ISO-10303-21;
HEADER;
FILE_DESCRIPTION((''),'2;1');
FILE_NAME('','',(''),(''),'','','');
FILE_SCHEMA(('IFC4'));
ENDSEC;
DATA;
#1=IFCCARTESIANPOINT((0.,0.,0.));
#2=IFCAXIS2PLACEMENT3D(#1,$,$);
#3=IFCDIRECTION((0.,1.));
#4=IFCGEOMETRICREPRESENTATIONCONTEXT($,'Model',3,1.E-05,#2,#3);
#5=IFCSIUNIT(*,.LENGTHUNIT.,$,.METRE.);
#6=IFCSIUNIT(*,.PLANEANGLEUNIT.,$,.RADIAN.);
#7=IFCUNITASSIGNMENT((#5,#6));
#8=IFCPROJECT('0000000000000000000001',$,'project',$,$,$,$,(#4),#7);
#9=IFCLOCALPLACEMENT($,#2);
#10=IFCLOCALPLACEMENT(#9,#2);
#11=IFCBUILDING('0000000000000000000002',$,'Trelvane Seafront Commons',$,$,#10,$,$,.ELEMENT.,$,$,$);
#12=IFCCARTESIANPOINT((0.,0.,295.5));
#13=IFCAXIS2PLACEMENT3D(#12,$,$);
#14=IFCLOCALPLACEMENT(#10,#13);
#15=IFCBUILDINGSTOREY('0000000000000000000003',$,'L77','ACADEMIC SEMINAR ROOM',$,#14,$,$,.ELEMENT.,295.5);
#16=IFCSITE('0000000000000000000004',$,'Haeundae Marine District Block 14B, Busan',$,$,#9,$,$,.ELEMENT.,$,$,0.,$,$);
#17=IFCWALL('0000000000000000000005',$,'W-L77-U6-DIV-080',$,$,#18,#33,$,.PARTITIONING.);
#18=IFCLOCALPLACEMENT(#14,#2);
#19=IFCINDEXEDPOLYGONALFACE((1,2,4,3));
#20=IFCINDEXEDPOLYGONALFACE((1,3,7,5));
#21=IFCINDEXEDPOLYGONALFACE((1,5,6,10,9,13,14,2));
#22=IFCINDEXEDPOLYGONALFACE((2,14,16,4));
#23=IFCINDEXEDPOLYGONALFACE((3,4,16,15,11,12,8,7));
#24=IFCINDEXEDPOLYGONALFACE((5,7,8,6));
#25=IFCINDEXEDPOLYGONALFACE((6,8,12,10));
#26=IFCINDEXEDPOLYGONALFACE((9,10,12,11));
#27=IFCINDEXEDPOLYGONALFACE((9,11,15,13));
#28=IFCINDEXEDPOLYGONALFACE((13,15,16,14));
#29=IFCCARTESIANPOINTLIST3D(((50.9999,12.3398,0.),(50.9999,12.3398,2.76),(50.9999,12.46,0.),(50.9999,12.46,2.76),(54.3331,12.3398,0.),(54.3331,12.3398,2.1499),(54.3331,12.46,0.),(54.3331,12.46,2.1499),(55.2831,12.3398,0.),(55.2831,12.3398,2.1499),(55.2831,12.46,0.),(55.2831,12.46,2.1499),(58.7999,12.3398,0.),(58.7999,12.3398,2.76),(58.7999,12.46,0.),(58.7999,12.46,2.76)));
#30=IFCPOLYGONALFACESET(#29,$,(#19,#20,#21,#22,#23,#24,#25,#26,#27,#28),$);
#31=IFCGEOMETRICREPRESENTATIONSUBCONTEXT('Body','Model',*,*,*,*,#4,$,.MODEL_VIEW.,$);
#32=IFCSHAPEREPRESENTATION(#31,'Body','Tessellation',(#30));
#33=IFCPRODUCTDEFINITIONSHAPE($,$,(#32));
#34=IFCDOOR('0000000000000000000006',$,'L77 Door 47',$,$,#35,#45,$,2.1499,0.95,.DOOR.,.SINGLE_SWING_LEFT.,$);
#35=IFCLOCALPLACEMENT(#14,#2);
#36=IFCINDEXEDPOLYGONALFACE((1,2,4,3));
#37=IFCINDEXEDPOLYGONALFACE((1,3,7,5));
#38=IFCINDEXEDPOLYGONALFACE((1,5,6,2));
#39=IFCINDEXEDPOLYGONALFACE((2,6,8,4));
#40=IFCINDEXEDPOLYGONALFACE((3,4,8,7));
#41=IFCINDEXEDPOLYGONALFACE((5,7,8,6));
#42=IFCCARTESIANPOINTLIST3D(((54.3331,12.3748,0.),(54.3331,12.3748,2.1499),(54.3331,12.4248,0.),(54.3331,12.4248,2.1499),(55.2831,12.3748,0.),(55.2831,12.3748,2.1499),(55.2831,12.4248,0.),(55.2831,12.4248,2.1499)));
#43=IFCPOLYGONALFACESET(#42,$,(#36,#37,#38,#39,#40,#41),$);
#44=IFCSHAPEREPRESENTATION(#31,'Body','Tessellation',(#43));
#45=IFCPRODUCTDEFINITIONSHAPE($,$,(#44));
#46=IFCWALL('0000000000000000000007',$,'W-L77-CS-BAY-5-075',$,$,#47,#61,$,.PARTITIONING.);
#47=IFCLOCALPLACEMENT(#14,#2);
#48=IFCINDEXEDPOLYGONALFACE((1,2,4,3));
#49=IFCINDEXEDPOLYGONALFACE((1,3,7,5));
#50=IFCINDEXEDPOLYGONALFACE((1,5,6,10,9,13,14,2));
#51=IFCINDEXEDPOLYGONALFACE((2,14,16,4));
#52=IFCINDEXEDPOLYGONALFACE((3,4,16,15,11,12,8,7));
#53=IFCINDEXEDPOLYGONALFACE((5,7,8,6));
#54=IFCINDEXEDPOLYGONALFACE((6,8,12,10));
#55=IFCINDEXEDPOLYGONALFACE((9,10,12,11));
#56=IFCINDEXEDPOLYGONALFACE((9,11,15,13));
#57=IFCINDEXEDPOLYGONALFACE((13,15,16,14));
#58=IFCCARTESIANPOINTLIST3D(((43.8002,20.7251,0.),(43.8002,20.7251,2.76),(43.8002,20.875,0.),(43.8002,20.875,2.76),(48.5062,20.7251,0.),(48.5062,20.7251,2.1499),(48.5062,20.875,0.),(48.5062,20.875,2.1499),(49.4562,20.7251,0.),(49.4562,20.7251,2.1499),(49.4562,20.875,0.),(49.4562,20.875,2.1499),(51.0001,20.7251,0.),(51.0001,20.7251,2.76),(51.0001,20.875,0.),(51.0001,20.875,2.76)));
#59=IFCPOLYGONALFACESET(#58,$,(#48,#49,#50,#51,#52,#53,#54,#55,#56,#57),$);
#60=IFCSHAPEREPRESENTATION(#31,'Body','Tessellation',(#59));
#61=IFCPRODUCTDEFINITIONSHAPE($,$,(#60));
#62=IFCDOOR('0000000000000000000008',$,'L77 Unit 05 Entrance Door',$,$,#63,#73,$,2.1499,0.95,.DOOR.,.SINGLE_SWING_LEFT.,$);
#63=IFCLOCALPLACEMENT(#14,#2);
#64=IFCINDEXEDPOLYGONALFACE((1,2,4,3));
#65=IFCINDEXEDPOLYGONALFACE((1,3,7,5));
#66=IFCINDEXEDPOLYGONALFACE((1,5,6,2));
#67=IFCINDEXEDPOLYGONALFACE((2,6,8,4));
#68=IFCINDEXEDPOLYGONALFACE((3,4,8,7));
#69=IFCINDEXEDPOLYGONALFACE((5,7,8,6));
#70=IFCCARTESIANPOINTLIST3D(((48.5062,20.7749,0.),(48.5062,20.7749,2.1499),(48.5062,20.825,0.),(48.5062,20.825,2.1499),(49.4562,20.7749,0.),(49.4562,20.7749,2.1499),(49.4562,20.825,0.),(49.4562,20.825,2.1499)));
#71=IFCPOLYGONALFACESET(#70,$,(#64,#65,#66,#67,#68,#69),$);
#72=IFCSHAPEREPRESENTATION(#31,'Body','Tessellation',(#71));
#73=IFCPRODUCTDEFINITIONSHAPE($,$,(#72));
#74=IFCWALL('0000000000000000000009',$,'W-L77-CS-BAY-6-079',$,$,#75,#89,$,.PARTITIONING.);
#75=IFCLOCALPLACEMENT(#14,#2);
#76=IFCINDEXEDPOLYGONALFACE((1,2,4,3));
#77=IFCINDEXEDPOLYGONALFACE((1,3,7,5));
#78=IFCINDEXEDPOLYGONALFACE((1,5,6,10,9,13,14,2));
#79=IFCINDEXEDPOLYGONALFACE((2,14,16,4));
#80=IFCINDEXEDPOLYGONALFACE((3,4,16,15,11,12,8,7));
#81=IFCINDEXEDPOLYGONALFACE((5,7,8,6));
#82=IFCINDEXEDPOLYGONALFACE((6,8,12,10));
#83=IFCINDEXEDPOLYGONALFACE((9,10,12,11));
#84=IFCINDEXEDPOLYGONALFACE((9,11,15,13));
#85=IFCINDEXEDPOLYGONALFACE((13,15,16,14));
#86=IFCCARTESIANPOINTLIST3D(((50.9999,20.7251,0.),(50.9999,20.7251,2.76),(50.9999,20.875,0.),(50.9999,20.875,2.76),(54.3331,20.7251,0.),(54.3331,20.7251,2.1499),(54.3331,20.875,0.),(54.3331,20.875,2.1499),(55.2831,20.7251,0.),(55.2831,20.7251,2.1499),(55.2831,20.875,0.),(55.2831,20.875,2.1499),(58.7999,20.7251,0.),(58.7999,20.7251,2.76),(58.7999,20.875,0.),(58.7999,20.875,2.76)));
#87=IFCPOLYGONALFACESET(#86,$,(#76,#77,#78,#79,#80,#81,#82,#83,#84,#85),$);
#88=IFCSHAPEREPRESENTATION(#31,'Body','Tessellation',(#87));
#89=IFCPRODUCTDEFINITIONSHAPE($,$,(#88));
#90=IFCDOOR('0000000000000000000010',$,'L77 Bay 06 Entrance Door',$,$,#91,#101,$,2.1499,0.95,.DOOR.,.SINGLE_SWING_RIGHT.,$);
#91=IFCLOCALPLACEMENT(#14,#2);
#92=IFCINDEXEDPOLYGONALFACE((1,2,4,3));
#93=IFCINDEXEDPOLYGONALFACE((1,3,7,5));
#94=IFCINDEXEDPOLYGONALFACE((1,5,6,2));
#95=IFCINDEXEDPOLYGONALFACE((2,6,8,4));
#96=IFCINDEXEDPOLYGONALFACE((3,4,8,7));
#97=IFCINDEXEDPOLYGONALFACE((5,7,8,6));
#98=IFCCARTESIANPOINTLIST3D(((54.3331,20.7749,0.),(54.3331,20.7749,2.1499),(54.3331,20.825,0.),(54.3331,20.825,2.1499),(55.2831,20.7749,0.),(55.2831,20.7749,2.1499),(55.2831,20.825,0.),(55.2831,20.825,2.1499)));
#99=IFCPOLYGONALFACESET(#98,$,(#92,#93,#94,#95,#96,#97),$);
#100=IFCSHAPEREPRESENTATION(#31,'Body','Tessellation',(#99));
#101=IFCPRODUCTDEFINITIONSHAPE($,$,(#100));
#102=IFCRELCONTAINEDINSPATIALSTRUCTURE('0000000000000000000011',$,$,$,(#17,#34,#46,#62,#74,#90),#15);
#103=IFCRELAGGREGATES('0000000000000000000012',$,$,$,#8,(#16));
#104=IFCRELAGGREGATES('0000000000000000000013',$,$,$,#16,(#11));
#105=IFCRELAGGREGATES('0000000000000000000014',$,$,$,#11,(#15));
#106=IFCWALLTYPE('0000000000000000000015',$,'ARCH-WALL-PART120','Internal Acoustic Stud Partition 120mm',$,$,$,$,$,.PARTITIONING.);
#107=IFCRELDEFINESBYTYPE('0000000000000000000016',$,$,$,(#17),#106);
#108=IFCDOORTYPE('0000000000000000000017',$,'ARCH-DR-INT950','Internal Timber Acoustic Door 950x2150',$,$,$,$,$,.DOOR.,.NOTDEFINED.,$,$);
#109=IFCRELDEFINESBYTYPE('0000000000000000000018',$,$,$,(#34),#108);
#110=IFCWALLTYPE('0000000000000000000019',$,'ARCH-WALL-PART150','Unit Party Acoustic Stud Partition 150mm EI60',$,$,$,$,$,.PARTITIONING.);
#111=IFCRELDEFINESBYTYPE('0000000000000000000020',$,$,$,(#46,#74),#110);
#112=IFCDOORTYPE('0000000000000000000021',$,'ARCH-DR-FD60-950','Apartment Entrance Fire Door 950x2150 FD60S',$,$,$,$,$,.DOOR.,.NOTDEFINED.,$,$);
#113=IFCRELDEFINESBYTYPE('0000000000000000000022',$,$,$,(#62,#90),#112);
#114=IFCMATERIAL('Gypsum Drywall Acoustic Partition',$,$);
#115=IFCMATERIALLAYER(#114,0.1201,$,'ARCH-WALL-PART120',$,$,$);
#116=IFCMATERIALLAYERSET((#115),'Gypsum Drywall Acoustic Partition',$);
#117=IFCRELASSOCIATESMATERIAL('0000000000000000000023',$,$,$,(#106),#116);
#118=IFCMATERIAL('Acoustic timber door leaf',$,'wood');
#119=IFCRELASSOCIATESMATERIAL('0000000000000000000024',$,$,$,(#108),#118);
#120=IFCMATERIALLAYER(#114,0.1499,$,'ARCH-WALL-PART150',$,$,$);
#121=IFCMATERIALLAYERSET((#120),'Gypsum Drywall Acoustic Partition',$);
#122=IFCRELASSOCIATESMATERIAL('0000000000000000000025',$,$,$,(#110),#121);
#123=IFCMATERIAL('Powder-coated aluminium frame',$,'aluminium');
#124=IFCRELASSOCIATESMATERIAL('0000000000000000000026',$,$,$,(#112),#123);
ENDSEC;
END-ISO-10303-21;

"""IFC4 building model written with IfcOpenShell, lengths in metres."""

from ifc_helpers import new_model, si_unit, direction, frame, frame_2d, origin, place, context, subcontext, project, spatial, rectangle, extrude, source, transform, mapped, material, layer, layer_set, type_object, element, fill, save


model = new_model("IFC4")

# Units and contexts
model_context = context("Model", 3, precision=1e-05, world=origin(), true_north=direction((0.0, 1.0)))
body_context = subcontext(model_context, "Body", "Model", "MODEL_VIEW")
ifc_project = project(units=[si_unit("LENGTHUNIT", "METRE"), si_unit("PLANEANGLEUNIT", "RADIAN")], contexts=[model_context])

# Site, building, storey
site_placement = place(None, origin())
site = spatial("IfcSite", under=ifc_project, at=site_placement, Name="Haeundae Marine District Block 14B, Busan", CompositionType="ELEMENT", RefElevation=0.0)
building_placement = place(site_placement, origin())
building = spatial("IfcBuilding", under=site, at=building_placement, Name="Trelvane Seafront Commons", CompositionType="ELEMENT")
storey_placement = place(building_placement, frame((0.0, 0.0, 295.5)))
storey = spatial("IfcBuildingStorey", under=building, at=storey_placement, Name="L77", Description="ACADEMIC SEMINAR ROOM", CompositionType="ELEMENT", Elevation=295.5)

# Shared definitions
ifc_material_1 = material(Name="Gypsum Drywall Acoustic Partition")
ifc_layer_1 = layer(ifc_material_1, 0.1201, Name="ARCH-WALL-PART120")
ifc_layer_set_1 = layer_set([ifc_layer_1], Name="Gypsum Drywall Acoustic Partition")
wall_type_1 = type_object("IfcWallType", Name="ARCH-WALL-PART120", Description="Internal Acoustic Stud Partition 120mm", PredefinedType="PARTITIONING", material=ifc_layer_set_1)
ifc_material_2 = material(Name="Acoustic timber door leaf", Category="wood")

# Walls, openings, doors
door_type_1 = type_object("IfcDoorType", Name="ARCH-DR-INT950", Description="Internal Timber Acoustic Door 950x2150", OperationType="NOTDEFINED", PredefinedType="DOOR", material=ifc_material_2)
shared_shape_1 = source(origin(), body_context, "Body", "SweptSolid", [
    extrude(rectangle(XDim=0.95, YDim=2.1499, at=frame_2d((0.4751, 1.075))), frame((0.0, 0.0249, 0.0), z_axis=(0.0, -1.0, 0.0), x_axis=(1.0, 0.0, 0.0)), (0.0, 0.0, 1.0), 0.05),
])
wall_1_placement = place(storey_placement, frame((51.0, 12.3999, 0.0), z_axis=(0.0, 0.0, 1.0), x_axis=(1.0, 0.0, 0.0)))
wall_1 = element("IfcWall", 1, at=wall_1_placement, inside=storey, type_object=wall_type_1, Name="W-L77-U6-DIV-080", PredefinedType="PARTITIONING", context=body_context, shape_type="SweptSolid", body=[
    extrude(rectangle(XDim=7.8, YDim=0.1201, at=frame_2d((3.8999, 0.0))), origin(), (0.0, 0.0, 1.0), 2.76),
])
opening_1_placement = place(wall_1_placement, frame((3.333, 0.0, 0.0)))
opening_1 = element("IfcOpeningElement", 2, at=opening_1_placement, cuts=wall_1, PredefinedType="OPENING", context=body_context, shape_type="SweptSolid", body=[
    extrude(rectangle(XDim=0.95, YDim=2.1499, at=frame_2d((0.4751, 1.075))), frame((0.0, 0.0701, 0.0), z_axis=(0.0, -1.0, 0.0), x_axis=(1.0, 0.0, 0.0)), (0.0, 0.0, 1.0), 0.1401),
])
door_1_placement = place(opening_1_placement, origin())
door_1 = element("IfcDoor", 3, at=door_1_placement, inside=storey, type_object=door_type_1, Name="L77 Door 47", OperationType="SINGLE_SWING_LEFT", OverallHeight=2.1499, OverallWidth=0.95, PredefinedType="DOOR", context=body_context, shape_type="MappedRepresentation", body=[
    mapped(shared_shape_1, transform((0.0, 0.0, 0.0), x_axis=(1.0, 0.0, 0.0), y_axis=(0.0, 1.0, 0.0), z_axis=(0.0, 0.0, 1.0), scale=1.0)),
])
fill(opening_1, door_1)
ifc_layer_2 = layer(ifc_material_1, 0.1499, Name="ARCH-WALL-PART150")
ifc_layer_set_2 = layer_set([ifc_layer_2], Name="Gypsum Drywall Acoustic Partition")
wall_type_2 = type_object("IfcWallType", Name="ARCH-WALL-PART150", Description="Unit Party Acoustic Stud Partition 150mm EI60", PredefinedType="PARTITIONING", material=ifc_layer_set_2)
wall_2_placement = place(storey_placement, frame((43.8, 20.8, 0.0), z_axis=(0.0, 0.0, 1.0), x_axis=(1.0, 0.0, 0.0)))
wall_2 = element("IfcWall", 4, at=wall_2_placement, inside=storey, type_object=wall_type_2, Name="W-L77-CS-BAY-5-075", PredefinedType="PARTITIONING", context=body_context, shape_type="SweptSolid", body=[
    extrude(rectangle(XDim=7.2, YDim=0.1499, at=frame_2d((3.6001, 0.0))), origin(), (0.0, 0.0, 1.0), 2.76),
])
opening_2_placement = place(wall_2_placement, frame((4.7061, 0.0, 0.0)))
opening_2 = element("IfcOpeningElement", 5, at=opening_2_placement, cuts=wall_2, PredefinedType="OPENING", context=body_context, shape_type="SweptSolid", body=[
    extrude(rectangle(XDim=0.95, YDim=2.1499, at=frame_2d((0.4751, 1.075))), frame((0.0, 0.085, 0.0), z_axis=(0.0, -1.0, 0.0), x_axis=(1.0, 0.0, 0.0)), (0.0, 0.0, 1.0), 0.1699),
])
ifc_material_3 = material(Name="Powder-coated aluminium frame", Category="aluminium")
door_type_2 = type_object("IfcDoorType", Name="ARCH-DR-FD60-950", Description="Apartment Entrance Fire Door 950x2150 FD60S", OperationType="NOTDEFINED", PredefinedType="DOOR", material=ifc_material_3)
door_2_placement = place(opening_2_placement, origin())
door_2 = element("IfcDoor", 6, at=door_2_placement, inside=storey, type_object=door_type_2, Name="L77 Unit 05 Entrance Door", OperationType="SINGLE_SWING_LEFT", OverallHeight=2.1499, OverallWidth=0.95, PredefinedType="DOOR", context=body_context, shape_type="MappedRepresentation", body=[
    mapped(shared_shape_1, transform((0.0, 0.0, 0.0), x_axis=(1.0, 0.0, 0.0), y_axis=(0.0, 1.0, 0.0), z_axis=(0.0, 0.0, 1.0), scale=1.0)),
])
fill(opening_2, door_2)
wall_3_placement = place(storey_placement, frame((51.0, 20.8, 0.0), z_axis=(0.0, 0.0, 1.0), x_axis=(1.0, 0.0, 0.0)))
wall_3 = element("IfcWall", 7, at=wall_3_placement, inside=storey, type_object=wall_type_2, Name="W-L77-CS-BAY-6-079", PredefinedType="PARTITIONING", context=body_context, shape_type="SweptSolid", body=[
    extrude(rectangle(XDim=7.8, YDim=0.1499, at=frame_2d((3.8999, 0.0))), origin(), (0.0, 0.0, 1.0), 2.76),
])
opening_3_placement = place(wall_3_placement, frame((3.333, 0.0, 0.0)))
opening_3 = element("IfcOpeningElement", 8, at=opening_3_placement, cuts=wall_3, PredefinedType="OPENING", context=body_context, shape_type="SweptSolid", body=[
    extrude(rectangle(XDim=0.95, YDim=2.1499, at=frame_2d((0.4751, 1.075))), frame((0.0, 0.085, 0.0), z_axis=(0.0, -1.0, 0.0), x_axis=(1.0, 0.0, 0.0)), (0.0, 0.0, 1.0), 0.1699),
])
door_3_placement = place(opening_3_placement, origin())
door_3 = element("IfcDoor", 9, at=door_3_placement, inside=storey, type_object=door_type_2, Name="L77 Bay 06 Entrance Door", OperationType="SINGLE_SWING_RIGHT", OverallHeight=2.1499, OverallWidth=0.95, PredefinedType="DOOR", context=body_context, shape_type="MappedRepresentation", body=[
    mapped(shared_shape_1, transform((0.0, 0.0, 0.0), x_axis=(1.0, 0.0, 0.0), y_axis=(0.0, 1.0, 0.0), z_axis=(0.0, 0.0, 1.0), scale=1.0)),
])
fill(opening_3, door_3)

save(model, "model.ifc")
